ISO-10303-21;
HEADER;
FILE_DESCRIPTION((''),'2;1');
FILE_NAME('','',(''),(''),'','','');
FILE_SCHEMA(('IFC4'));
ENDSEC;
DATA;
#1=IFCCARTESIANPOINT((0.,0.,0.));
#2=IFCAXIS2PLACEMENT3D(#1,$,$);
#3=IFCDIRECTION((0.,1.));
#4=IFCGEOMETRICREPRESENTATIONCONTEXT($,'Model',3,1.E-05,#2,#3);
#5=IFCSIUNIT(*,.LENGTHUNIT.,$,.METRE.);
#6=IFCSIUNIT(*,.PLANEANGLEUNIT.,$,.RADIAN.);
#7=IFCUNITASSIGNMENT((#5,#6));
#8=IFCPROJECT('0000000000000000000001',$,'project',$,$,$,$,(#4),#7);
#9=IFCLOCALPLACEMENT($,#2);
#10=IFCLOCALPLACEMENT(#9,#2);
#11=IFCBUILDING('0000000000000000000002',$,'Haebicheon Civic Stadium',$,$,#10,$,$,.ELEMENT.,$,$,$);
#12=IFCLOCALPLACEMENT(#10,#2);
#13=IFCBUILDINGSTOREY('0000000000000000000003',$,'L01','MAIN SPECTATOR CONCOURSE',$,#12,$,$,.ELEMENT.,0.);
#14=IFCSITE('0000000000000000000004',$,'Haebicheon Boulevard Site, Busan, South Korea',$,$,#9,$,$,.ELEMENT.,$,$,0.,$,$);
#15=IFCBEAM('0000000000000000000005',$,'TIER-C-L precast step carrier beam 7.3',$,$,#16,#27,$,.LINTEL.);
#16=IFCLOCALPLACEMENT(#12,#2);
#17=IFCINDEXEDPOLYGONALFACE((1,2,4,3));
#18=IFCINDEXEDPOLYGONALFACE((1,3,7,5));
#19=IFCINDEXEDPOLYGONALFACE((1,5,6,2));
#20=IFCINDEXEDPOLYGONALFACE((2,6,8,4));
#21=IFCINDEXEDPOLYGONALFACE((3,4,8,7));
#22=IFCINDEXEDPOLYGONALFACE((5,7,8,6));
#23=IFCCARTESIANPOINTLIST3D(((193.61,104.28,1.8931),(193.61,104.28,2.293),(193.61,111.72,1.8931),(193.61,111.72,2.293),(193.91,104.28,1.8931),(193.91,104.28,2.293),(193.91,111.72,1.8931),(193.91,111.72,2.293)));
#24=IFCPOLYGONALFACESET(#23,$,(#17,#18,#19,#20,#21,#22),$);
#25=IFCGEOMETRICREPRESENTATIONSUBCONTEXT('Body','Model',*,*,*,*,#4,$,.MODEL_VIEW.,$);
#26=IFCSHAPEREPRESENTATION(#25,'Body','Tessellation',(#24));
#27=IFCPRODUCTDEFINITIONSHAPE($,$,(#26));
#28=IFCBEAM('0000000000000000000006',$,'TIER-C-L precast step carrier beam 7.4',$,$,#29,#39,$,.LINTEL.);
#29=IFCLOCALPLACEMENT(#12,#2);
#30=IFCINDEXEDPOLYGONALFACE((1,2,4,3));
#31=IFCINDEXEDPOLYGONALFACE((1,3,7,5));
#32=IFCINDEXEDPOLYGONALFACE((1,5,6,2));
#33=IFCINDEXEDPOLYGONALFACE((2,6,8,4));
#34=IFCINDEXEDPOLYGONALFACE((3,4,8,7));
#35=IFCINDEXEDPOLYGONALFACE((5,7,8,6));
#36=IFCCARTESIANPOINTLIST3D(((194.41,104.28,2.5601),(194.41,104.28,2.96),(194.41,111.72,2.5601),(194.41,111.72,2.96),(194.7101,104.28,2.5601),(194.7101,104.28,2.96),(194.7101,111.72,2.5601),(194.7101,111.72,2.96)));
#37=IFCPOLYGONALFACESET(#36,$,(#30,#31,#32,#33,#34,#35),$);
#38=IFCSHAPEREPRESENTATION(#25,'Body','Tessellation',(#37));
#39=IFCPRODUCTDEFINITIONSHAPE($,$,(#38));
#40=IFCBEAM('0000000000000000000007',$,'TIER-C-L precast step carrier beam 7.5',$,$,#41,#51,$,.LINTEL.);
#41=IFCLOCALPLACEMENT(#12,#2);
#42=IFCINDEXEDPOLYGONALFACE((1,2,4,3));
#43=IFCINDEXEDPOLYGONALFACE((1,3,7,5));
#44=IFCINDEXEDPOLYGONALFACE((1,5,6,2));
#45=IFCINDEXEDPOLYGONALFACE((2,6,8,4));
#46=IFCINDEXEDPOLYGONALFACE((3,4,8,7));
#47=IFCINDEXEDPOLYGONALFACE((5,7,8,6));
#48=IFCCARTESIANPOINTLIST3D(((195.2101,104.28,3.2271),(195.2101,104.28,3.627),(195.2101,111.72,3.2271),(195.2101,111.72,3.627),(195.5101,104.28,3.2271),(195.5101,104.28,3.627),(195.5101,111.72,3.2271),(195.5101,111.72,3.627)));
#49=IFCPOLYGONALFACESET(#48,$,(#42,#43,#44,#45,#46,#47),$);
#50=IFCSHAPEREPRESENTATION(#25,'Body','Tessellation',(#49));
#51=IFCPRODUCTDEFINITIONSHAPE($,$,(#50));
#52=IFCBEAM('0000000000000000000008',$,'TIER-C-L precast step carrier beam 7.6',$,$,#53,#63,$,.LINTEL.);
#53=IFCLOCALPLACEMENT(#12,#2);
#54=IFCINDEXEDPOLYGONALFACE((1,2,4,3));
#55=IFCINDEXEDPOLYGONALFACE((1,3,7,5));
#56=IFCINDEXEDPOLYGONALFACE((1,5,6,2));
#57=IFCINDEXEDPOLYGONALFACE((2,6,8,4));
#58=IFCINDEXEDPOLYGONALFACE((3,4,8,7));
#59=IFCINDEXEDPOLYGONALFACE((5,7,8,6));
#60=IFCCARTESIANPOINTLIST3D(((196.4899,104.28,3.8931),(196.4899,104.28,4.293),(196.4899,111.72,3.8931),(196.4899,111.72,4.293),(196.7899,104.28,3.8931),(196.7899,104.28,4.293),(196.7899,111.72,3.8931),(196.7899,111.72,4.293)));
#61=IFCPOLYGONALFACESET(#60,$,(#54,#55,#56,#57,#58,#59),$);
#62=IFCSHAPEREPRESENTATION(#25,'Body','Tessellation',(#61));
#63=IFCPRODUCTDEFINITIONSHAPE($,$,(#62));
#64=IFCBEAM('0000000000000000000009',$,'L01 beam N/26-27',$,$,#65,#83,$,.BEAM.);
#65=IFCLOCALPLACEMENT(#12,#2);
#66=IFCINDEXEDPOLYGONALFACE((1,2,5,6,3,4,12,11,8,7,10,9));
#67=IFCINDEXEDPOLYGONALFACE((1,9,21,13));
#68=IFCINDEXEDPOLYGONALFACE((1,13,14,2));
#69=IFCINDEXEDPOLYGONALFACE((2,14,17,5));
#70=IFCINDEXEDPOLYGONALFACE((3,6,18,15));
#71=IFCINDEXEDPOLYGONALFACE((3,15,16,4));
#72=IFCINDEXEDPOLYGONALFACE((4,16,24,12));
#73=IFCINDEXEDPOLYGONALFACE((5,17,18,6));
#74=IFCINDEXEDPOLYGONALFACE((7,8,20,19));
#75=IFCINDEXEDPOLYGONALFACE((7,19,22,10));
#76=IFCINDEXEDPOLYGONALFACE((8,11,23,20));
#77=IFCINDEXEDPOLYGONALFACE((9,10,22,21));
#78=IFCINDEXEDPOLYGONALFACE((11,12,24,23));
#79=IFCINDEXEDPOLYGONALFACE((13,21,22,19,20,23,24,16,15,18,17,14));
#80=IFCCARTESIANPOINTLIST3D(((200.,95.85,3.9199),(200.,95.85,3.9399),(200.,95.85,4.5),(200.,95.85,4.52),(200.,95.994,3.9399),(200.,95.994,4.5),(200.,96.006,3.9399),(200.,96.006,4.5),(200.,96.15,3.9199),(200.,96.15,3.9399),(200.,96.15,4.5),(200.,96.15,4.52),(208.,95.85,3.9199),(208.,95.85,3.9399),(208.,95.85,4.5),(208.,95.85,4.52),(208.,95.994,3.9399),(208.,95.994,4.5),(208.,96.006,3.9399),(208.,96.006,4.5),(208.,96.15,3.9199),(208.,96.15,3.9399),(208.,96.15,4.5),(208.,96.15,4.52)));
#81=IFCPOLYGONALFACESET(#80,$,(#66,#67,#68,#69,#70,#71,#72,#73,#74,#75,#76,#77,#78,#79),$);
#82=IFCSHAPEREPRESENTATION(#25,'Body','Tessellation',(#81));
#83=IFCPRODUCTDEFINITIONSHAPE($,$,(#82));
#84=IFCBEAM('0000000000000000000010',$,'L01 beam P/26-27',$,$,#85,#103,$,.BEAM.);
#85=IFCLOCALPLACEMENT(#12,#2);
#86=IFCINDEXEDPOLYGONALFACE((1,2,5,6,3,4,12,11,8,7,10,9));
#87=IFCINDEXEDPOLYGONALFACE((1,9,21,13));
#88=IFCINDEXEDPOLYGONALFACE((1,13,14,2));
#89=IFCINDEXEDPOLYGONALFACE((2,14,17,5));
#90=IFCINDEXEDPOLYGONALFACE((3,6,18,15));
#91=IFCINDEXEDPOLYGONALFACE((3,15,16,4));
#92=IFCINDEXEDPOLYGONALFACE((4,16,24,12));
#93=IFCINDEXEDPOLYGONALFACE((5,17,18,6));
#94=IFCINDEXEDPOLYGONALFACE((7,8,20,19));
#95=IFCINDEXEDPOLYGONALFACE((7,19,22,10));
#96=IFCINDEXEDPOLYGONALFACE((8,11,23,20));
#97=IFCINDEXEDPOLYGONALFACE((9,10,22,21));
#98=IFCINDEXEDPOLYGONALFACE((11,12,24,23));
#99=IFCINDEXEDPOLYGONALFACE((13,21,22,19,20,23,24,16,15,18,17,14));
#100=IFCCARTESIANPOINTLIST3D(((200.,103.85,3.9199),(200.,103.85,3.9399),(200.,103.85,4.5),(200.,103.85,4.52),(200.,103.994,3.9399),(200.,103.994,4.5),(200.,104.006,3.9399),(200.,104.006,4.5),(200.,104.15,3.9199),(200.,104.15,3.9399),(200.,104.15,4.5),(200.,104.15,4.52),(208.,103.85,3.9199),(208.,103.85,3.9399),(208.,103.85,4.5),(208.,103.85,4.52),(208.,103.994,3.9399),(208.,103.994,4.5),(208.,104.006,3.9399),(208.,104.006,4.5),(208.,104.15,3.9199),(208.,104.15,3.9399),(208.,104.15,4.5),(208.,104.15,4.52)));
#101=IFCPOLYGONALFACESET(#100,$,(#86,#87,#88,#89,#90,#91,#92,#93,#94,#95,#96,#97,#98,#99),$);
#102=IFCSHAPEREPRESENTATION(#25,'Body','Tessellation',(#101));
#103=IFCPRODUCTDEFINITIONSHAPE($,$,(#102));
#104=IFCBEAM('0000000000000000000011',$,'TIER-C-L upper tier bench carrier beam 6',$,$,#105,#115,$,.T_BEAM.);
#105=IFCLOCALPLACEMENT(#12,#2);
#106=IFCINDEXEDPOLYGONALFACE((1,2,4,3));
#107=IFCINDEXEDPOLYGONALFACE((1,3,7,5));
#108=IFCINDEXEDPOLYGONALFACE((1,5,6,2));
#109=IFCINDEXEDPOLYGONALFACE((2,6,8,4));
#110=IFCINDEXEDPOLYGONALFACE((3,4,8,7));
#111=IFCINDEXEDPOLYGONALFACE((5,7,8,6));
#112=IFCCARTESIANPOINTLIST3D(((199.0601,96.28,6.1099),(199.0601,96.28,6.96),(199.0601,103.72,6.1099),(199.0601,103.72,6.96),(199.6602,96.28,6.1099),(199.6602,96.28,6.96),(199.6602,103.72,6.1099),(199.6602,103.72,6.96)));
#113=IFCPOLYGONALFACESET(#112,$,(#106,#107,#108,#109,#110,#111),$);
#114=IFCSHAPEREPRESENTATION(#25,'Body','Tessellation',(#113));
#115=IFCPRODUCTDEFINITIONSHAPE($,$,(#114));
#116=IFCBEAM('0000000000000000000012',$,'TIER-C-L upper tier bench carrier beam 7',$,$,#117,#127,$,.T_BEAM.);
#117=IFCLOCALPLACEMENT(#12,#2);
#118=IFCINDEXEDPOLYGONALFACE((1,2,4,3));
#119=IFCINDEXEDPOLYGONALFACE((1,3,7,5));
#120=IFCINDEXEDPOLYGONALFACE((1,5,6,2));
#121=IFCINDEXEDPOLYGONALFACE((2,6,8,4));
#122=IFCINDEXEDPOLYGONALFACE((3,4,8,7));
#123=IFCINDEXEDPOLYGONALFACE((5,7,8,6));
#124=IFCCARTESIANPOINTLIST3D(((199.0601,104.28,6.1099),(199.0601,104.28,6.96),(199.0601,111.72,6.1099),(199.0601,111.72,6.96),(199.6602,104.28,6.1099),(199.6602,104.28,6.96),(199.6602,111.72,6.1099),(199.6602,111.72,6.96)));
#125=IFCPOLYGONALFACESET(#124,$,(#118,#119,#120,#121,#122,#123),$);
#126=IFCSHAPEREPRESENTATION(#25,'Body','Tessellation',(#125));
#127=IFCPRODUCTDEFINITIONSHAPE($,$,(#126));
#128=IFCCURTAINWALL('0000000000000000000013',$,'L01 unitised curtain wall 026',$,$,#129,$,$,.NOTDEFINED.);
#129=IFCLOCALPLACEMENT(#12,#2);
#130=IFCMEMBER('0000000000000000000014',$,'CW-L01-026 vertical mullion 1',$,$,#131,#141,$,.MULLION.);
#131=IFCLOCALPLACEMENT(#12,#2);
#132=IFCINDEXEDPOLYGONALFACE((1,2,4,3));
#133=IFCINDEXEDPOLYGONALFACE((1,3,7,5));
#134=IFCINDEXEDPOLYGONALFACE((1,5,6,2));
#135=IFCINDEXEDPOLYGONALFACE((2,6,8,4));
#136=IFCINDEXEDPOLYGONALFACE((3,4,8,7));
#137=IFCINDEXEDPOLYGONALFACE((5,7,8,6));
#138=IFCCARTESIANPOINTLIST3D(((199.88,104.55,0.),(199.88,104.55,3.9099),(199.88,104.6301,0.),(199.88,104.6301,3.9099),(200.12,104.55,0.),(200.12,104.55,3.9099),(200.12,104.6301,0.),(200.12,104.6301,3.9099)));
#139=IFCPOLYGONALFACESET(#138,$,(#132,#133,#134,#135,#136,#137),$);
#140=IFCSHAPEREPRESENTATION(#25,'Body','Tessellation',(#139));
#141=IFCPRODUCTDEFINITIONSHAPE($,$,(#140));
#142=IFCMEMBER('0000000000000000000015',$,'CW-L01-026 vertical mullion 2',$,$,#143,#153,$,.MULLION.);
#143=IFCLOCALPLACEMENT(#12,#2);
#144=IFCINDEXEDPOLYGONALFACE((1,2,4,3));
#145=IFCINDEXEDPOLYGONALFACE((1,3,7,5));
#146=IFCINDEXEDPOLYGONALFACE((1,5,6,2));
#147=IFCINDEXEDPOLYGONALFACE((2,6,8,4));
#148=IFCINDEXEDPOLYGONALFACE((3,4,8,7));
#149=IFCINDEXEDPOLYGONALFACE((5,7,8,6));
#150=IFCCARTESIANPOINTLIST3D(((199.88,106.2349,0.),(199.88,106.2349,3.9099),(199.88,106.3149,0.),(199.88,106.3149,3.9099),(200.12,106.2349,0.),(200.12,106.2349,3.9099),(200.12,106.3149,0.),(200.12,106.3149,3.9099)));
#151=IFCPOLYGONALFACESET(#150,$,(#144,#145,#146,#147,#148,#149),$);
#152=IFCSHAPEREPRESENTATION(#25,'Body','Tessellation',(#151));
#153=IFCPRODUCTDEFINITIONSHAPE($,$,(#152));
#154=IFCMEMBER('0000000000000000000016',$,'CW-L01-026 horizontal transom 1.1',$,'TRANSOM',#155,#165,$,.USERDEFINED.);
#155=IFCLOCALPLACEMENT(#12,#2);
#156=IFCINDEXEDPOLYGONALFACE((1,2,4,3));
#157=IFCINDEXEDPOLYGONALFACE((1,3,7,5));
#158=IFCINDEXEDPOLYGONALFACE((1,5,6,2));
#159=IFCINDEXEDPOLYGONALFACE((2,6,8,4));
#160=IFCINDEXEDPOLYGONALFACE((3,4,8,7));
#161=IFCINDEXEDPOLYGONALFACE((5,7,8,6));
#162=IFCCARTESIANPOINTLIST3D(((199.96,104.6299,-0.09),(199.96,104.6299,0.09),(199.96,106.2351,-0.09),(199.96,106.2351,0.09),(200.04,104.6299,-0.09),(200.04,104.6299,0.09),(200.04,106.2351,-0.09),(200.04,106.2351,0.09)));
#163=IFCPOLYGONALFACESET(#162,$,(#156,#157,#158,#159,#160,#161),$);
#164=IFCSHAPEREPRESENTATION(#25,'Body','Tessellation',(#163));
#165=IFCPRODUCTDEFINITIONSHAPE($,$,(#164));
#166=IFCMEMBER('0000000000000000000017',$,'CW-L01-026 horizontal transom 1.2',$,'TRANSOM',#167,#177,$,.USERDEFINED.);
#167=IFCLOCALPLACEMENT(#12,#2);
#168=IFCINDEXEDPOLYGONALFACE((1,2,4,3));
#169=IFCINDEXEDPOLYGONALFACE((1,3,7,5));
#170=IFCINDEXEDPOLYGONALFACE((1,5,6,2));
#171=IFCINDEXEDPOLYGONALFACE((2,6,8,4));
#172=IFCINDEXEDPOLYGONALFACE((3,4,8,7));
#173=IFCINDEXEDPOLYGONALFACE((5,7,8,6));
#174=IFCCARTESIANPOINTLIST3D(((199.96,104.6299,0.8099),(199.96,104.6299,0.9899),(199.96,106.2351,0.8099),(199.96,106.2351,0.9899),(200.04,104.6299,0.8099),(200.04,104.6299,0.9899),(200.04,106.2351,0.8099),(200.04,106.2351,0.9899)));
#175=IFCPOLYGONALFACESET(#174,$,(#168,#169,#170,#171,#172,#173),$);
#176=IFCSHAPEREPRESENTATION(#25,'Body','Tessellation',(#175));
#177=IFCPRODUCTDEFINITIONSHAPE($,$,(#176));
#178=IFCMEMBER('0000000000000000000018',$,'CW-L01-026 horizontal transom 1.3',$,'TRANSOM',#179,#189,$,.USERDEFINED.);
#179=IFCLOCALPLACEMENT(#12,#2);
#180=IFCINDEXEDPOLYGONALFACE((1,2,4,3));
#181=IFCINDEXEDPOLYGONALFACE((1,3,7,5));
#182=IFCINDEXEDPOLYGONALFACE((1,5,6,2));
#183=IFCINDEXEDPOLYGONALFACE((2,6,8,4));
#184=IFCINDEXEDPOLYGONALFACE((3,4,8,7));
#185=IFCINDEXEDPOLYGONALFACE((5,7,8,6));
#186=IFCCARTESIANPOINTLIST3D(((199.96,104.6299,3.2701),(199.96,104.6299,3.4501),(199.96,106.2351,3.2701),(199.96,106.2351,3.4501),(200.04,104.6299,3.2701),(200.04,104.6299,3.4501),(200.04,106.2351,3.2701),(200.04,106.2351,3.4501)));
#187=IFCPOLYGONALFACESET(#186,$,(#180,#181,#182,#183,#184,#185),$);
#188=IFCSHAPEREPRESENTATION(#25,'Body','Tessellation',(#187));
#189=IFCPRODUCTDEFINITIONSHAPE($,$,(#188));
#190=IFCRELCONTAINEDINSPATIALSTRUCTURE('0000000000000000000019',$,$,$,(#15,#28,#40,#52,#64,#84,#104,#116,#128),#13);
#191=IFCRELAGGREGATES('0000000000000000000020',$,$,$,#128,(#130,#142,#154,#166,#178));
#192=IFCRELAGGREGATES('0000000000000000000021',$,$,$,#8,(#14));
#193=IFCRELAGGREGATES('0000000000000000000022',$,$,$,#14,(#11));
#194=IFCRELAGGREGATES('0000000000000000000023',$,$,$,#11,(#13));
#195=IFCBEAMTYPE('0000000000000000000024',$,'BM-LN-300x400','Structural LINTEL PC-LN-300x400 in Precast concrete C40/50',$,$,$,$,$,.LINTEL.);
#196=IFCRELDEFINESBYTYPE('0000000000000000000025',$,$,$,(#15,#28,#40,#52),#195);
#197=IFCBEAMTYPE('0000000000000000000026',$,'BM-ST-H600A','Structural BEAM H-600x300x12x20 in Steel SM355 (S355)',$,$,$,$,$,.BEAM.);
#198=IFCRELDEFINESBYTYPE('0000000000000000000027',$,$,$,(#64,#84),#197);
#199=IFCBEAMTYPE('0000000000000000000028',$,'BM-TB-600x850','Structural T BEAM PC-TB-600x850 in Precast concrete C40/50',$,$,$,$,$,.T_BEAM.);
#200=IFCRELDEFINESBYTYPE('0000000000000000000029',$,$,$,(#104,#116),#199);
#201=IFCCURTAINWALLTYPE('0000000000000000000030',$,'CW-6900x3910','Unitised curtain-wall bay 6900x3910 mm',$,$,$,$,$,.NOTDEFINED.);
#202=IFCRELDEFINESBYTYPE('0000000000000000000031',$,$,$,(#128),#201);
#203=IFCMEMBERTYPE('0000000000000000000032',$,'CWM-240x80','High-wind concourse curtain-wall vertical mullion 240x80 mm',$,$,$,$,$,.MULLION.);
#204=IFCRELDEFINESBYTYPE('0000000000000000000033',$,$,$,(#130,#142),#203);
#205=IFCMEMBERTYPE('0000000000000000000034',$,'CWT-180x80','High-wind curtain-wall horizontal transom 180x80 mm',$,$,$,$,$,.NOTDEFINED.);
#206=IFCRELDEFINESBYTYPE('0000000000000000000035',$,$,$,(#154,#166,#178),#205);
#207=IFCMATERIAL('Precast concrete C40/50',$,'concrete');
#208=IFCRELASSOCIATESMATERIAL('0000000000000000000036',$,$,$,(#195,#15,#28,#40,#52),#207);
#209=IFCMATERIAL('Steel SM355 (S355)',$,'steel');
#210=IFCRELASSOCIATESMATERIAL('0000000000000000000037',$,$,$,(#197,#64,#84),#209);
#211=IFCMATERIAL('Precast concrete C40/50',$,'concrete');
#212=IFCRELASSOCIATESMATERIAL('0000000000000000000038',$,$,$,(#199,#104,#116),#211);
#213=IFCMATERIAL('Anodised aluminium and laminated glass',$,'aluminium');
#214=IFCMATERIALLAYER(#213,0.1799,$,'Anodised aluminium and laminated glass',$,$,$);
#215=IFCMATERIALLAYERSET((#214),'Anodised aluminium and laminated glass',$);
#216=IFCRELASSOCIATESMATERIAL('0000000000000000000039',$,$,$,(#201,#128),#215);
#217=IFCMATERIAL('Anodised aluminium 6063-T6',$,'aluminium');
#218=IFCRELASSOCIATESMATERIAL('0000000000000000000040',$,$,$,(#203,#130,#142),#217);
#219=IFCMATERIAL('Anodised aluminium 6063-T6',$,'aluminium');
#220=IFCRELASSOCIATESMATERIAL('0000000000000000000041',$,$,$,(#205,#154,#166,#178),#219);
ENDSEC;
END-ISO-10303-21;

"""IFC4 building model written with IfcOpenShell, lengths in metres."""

from ifc_helpers import new_model, si_unit, direction, frame, origin, origin_2d, place, context, subcontext, project, spatial, rectangle, i_section, extrude, material, layer, layer_set, material_profile, profile_set, type_object, element, aggregate, save


model = new_model("IFC4")

# Units and contexts
model_context = context("Model", 3, precision=1e-05, world=origin(), true_north=direction((0.0, 1.0)))
body_context = subcontext(model_context, "Body", "Model", "MODEL_VIEW")
ifc_project = project(units=[si_unit("LENGTHUNIT", "METRE"), si_unit("PLANEANGLEUNIT", "RADIAN")], contexts=[model_context])

# Site, building, storey
site_placement = place(None, origin())
site = spatial("IfcSite", under=ifc_project, at=site_placement, Name="Haebicheon Boulevard Site, Busan, South Korea", CompositionType="ELEMENT", RefElevation=0.0)
building_placement = place(site_placement, origin())
building = spatial("IfcBuilding", under=site, at=building_placement, Name="Haebicheon Civic Stadium", CompositionType="ELEMENT")
storey_placement = place(building_placement, origin())
storey = spatial("IfcBuildingStorey", under=building, at=storey_placement, Name="L01", Description="MAIN SPECTATOR CONCOURSE", CompositionType="ELEMENT", Elevation=0.0)

# Beams
ifc_material_1 = material(Name="Precast concrete C40/50", Category="concrete")
ifc_material_profile_1 = material_profile(ifc_material_1, rectangle(XDim=0.3, YDim=0.3999, at=origin_2d()), Name="PC-LN-300x400")
ifc_profile_set_1 = profile_set([ifc_material_profile_1], Name="Precast concrete C40/50")
beam_type_1 = type_object("IfcBeamType", Name="BM-LN-300x400", Description="Structural LINTEL PC-LN-300x400 in Precast concrete C40/50", PredefinedType="LINTEL", material=ifc_profile_set_1)
for number, where, z_axis, x_axis, name in (
    (1, (193.76, 104.28, 2.093), (0.0, 1.0, 0.0), (-1.0, 0.0, 0.0), "TIER-C-L precast step carrier beam 7.3"),
    (2, (194.5601, 104.28, 2.76), (0.0, 1.0, 0.0), (-1.0, 0.0, 0.0), "TIER-C-L precast step carrier beam 7.4"),
    (3, (195.3601, 104.28, 3.427), (0.0, 1.0, 0.0), (-1.0, 0.0, 0.0), "TIER-C-L precast step carrier beam 7.5"),
    (4, (196.6399, 104.28, 4.093), (0.0, 1.0, 0.0), (-1.0, 0.0, 0.0), "TIER-C-L precast step carrier beam 7.6"),
):
    element("IfcBeam", number, at=place(storey_placement, frame(where, z_axis=z_axis, x_axis=x_axis)), inside=storey, type_object=beam_type_1, material=ifc_profile_set_1, Name=name, PredefinedType="LINTEL", context=body_context, shape_type="SweptSolid", body=[
        extrude(rectangle(XDim=0.3, YDim=0.3999, at=origin_2d()), origin(), (0.0, 0.0, 1.0), 7.4399),
    ])
ifc_material_2 = material(Name="Steel SM355 (S355)", Category="steel")
ifc_material_profile_2 = material_profile(ifc_material_2, i_section(OverallWidth=0.3, OverallDepth=0.6001, WebThickness=0.012, FlangeThickness=0.02, at=origin_2d()), Name="H-600x300x12x20")
ifc_profile_set_2 = profile_set([ifc_material_profile_2], Name="Steel SM355 (S355)")
beam_type_2 = type_object("IfcBeamType", Name="BM-ST-H600A", Description="Structural BEAM H-600x300x12x20 in Steel SM355 (S355)", PredefinedType="BEAM", material=ifc_profile_set_2)
for number, where, z_axis, x_axis, name in (
    (5, (200.0, 96.0, 4.22), (1.0, 0.0, 0.0), (0.0, 1.0, 0.0), "L01 beam N/26-27"),
    (6, (200.0, 104.0, 4.22), (1.0, 0.0, 0.0), (0.0, 1.0, 0.0), "L01 beam P/26-27"),
):
    element("IfcBeam", number, at=place(storey_placement, frame(where, z_axis=z_axis, x_axis=x_axis)), inside=storey, type_object=beam_type_2, material=ifc_profile_set_2, Name=name, PredefinedType="BEAM", context=body_context, shape_type="SweptSolid", body=[
        extrude(i_section(OverallWidth=0.3, OverallDepth=0.6001, WebThickness=0.012, FlangeThickness=0.02, at=origin_2d()), origin(), (0.0, 0.0, 1.0), 8.0),
    ])
ifc_material_3 = material(Name="Precast concrete C40/50", Category="concrete")
ifc_material_profile_3 = material_profile(ifc_material_3, rectangle(XDim=0.6001, YDim=0.8501, at=origin_2d()), Name="PC-TB-600x850")
ifc_profile_set_3 = profile_set([ifc_material_profile_3], Name="Precast concrete C40/50")
beam_type_3 = type_object("IfcBeamType", Name="BM-TB-600x850", Description="Structural T BEAM PC-TB-600x850 in Precast concrete C40/50", PredefinedType="T_BEAM", material=ifc_profile_set_3)
for number, where, z_axis, x_axis, name in (
    (7, (199.3601, 96.28, 6.5349), (0.0, 1.0, 0.0), (-1.0, 0.0, 0.0), "TIER-C-L upper tier bench carrier beam 6"),
    (8, (199.3601, 104.28, 6.5349), (0.0, 1.0, 0.0), (-1.0, 0.0, 0.0), "TIER-C-L upper tier bench carrier beam 7"),
):
    element("IfcBeam", number, at=place(storey_placement, frame(where, z_axis=z_axis, x_axis=x_axis)), inside=storey, type_object=beam_type_3, material=ifc_profile_set_3, Name=name, PredefinedType="T_BEAM", context=body_context, shape_type="SweptSolid", body=[
        extrude(rectangle(XDim=0.6001, YDim=0.8501, at=origin_2d()), origin(), (0.0, 0.0, 1.0), 7.4399),
    ])

# Curtain wall, members
ifc_material_4 = material(Name="Anodised aluminium and laminated glass", Category="aluminium")
ifc_layer_1 = layer(ifc_material_4, 0.1799, Name="Anodised aluminium and laminated glass")
ifc_layer_set_1 = layer_set([ifc_layer_1], Name="Anodised aluminium and laminated glass")
curtain_wall_type = type_object("IfcCurtainWallType", Name="CW-6900x3910", Description="Unitised curtain-wall bay 6900x3910 mm", PredefinedType="NOTDEFINED", material=ifc_layer_set_1)
curtain_wall_placement = place(storey_placement, origin())
curtain_wall = element("IfcCurtainWall", 9, at=curtain_wall_placement, inside=storey, type_object=curtain_wall_type, material=ifc_layer_set_1, Name="L01 unitised curtain wall 026", PredefinedType="NOTDEFINED")
ifc_material_5 = material(Name="Anodised aluminium 6063-T6", Category="aluminium")
ifc_material_profile_4 = material_profile(ifc_material_5, rectangle(XDim=0.0801, YDim=0.24, at=origin_2d()), Name="ALU-MULL-80x240")
ifc_profile_set_4 = profile_set([ifc_material_profile_4], Name="Anodised aluminium 6063-T6")
member_type_1 = type_object("IfcMemberType", Name="CWM-240x80", Description="High-wind concourse curtain-wall vertical mullion 240x80 mm", PredefinedType="MULLION", material=ifc_profile_set_4)
member_1_placement = place(storey_placement, frame((200.0, 104.5901, 0.0), z_axis=(0.0, 0.0, 1.0), x_axis=(0.0, 1.0, 0.0)))
member_1 = element("IfcMember", 10, at=member_1_placement, type_object=member_type_1, material=ifc_profile_set_4, Name="CW-L01-026 vertical mullion 1", PredefinedType="MULLION", context=body_context, shape_type="SweptSolid", body=[
    extrude(rectangle(XDim=0.0801, YDim=0.24, at=origin_2d()), origin(), (0.0, 0.0, 1.0), 3.9099),
])
member_2_placement = place(storey_placement, frame((200.0, 106.2749, 0.0), z_axis=(0.0, 0.0, 1.0), x_axis=(0.0, 1.0, 0.0)))
member_2 = element("IfcMember", 11, at=member_2_placement, type_object=member_type_1, material=ifc_profile_set_4, Name="CW-L01-026 vertical mullion 2", PredefinedType="MULLION", context=body_context, shape_type="SweptSolid", body=[
    extrude(rectangle(XDim=0.0801, YDim=0.24, at=origin_2d()), origin(), (0.0, 0.0, 1.0), 3.9099),
])
ifc_material_6 = material(Name="Anodised aluminium 6063-T6", Category="aluminium")
ifc_material_profile_5 = material_profile(ifc_material_6, rectangle(XDim=0.0801, YDim=0.1799, at=origin_2d()), Name="ALU-TRAN-80x180")
ifc_profile_set_5 = profile_set([ifc_material_profile_5], Name="Anodised aluminium 6063-T6")
member_type_2 = type_object("IfcMemberType", Name="CWT-180x80", Description="High-wind curtain-wall horizontal transom 180x80 mm", PredefinedType="NOTDEFINED", material=ifc_profile_set_5)
member_3_placement = place(storey_placement, frame((200.0, 104.6299, 0.0), z_axis=(0.0, 1.0, 0.0), x_axis=(-1.0, 0.0, 0.0)))
member_3 = element("IfcMember", 12, at=member_3_placement, type_object=member_type_2, material=ifc_profile_set_5, Name="CW-L01-026 horizontal transom 1.1", ObjectType="TRANSOM", PredefinedType="USERDEFINED", context=body_context, shape_type="SweptSolid", body=[
    extrude(rectangle(XDim=0.0801, YDim=0.1799, at=origin_2d()), origin(), (0.0, 0.0, 1.0), 1.6052),
])
member_4_placement = place(storey_placement, frame((200.0, 104.6299, 0.8999), z_axis=(0.0, 1.0, 0.0), x_axis=(-1.0, 0.0, 0.0)))
member_4 = element("IfcMember", 13, at=member_4_placement, type_object=member_type_2, material=ifc_profile_set_5, Name="CW-L01-026 horizontal transom 1.2", ObjectType="TRANSOM", PredefinedType="USERDEFINED", context=body_context, shape_type="SweptSolid", body=[
    extrude(rectangle(XDim=0.0801, YDim=0.1799, at=origin_2d()), origin(), (0.0, 0.0, 1.0), 1.6052),
])
member_5_placement = place(storey_placement, frame((200.0, 104.6299, 3.3601), z_axis=(0.0, 1.0, 0.0), x_axis=(-1.0, 0.0, 0.0)))
member_5 = element("IfcMember", 14, at=member_5_placement, type_object=member_type_2, material=ifc_profile_set_5, Name="CW-L01-026 horizontal transom 1.3", ObjectType="TRANSOM", PredefinedType="USERDEFINED", context=body_context, shape_type="SweptSolid", body=[
    extrude(rectangle(XDim=0.0801, YDim=0.1799, at=origin_2d()), origin(), (0.0, 0.0, 1.0), 1.6052),
])

aggregate(curtain_wall, [member_1, member_2, member_3, member_4, member_5])

save(model, "model.ifc")
